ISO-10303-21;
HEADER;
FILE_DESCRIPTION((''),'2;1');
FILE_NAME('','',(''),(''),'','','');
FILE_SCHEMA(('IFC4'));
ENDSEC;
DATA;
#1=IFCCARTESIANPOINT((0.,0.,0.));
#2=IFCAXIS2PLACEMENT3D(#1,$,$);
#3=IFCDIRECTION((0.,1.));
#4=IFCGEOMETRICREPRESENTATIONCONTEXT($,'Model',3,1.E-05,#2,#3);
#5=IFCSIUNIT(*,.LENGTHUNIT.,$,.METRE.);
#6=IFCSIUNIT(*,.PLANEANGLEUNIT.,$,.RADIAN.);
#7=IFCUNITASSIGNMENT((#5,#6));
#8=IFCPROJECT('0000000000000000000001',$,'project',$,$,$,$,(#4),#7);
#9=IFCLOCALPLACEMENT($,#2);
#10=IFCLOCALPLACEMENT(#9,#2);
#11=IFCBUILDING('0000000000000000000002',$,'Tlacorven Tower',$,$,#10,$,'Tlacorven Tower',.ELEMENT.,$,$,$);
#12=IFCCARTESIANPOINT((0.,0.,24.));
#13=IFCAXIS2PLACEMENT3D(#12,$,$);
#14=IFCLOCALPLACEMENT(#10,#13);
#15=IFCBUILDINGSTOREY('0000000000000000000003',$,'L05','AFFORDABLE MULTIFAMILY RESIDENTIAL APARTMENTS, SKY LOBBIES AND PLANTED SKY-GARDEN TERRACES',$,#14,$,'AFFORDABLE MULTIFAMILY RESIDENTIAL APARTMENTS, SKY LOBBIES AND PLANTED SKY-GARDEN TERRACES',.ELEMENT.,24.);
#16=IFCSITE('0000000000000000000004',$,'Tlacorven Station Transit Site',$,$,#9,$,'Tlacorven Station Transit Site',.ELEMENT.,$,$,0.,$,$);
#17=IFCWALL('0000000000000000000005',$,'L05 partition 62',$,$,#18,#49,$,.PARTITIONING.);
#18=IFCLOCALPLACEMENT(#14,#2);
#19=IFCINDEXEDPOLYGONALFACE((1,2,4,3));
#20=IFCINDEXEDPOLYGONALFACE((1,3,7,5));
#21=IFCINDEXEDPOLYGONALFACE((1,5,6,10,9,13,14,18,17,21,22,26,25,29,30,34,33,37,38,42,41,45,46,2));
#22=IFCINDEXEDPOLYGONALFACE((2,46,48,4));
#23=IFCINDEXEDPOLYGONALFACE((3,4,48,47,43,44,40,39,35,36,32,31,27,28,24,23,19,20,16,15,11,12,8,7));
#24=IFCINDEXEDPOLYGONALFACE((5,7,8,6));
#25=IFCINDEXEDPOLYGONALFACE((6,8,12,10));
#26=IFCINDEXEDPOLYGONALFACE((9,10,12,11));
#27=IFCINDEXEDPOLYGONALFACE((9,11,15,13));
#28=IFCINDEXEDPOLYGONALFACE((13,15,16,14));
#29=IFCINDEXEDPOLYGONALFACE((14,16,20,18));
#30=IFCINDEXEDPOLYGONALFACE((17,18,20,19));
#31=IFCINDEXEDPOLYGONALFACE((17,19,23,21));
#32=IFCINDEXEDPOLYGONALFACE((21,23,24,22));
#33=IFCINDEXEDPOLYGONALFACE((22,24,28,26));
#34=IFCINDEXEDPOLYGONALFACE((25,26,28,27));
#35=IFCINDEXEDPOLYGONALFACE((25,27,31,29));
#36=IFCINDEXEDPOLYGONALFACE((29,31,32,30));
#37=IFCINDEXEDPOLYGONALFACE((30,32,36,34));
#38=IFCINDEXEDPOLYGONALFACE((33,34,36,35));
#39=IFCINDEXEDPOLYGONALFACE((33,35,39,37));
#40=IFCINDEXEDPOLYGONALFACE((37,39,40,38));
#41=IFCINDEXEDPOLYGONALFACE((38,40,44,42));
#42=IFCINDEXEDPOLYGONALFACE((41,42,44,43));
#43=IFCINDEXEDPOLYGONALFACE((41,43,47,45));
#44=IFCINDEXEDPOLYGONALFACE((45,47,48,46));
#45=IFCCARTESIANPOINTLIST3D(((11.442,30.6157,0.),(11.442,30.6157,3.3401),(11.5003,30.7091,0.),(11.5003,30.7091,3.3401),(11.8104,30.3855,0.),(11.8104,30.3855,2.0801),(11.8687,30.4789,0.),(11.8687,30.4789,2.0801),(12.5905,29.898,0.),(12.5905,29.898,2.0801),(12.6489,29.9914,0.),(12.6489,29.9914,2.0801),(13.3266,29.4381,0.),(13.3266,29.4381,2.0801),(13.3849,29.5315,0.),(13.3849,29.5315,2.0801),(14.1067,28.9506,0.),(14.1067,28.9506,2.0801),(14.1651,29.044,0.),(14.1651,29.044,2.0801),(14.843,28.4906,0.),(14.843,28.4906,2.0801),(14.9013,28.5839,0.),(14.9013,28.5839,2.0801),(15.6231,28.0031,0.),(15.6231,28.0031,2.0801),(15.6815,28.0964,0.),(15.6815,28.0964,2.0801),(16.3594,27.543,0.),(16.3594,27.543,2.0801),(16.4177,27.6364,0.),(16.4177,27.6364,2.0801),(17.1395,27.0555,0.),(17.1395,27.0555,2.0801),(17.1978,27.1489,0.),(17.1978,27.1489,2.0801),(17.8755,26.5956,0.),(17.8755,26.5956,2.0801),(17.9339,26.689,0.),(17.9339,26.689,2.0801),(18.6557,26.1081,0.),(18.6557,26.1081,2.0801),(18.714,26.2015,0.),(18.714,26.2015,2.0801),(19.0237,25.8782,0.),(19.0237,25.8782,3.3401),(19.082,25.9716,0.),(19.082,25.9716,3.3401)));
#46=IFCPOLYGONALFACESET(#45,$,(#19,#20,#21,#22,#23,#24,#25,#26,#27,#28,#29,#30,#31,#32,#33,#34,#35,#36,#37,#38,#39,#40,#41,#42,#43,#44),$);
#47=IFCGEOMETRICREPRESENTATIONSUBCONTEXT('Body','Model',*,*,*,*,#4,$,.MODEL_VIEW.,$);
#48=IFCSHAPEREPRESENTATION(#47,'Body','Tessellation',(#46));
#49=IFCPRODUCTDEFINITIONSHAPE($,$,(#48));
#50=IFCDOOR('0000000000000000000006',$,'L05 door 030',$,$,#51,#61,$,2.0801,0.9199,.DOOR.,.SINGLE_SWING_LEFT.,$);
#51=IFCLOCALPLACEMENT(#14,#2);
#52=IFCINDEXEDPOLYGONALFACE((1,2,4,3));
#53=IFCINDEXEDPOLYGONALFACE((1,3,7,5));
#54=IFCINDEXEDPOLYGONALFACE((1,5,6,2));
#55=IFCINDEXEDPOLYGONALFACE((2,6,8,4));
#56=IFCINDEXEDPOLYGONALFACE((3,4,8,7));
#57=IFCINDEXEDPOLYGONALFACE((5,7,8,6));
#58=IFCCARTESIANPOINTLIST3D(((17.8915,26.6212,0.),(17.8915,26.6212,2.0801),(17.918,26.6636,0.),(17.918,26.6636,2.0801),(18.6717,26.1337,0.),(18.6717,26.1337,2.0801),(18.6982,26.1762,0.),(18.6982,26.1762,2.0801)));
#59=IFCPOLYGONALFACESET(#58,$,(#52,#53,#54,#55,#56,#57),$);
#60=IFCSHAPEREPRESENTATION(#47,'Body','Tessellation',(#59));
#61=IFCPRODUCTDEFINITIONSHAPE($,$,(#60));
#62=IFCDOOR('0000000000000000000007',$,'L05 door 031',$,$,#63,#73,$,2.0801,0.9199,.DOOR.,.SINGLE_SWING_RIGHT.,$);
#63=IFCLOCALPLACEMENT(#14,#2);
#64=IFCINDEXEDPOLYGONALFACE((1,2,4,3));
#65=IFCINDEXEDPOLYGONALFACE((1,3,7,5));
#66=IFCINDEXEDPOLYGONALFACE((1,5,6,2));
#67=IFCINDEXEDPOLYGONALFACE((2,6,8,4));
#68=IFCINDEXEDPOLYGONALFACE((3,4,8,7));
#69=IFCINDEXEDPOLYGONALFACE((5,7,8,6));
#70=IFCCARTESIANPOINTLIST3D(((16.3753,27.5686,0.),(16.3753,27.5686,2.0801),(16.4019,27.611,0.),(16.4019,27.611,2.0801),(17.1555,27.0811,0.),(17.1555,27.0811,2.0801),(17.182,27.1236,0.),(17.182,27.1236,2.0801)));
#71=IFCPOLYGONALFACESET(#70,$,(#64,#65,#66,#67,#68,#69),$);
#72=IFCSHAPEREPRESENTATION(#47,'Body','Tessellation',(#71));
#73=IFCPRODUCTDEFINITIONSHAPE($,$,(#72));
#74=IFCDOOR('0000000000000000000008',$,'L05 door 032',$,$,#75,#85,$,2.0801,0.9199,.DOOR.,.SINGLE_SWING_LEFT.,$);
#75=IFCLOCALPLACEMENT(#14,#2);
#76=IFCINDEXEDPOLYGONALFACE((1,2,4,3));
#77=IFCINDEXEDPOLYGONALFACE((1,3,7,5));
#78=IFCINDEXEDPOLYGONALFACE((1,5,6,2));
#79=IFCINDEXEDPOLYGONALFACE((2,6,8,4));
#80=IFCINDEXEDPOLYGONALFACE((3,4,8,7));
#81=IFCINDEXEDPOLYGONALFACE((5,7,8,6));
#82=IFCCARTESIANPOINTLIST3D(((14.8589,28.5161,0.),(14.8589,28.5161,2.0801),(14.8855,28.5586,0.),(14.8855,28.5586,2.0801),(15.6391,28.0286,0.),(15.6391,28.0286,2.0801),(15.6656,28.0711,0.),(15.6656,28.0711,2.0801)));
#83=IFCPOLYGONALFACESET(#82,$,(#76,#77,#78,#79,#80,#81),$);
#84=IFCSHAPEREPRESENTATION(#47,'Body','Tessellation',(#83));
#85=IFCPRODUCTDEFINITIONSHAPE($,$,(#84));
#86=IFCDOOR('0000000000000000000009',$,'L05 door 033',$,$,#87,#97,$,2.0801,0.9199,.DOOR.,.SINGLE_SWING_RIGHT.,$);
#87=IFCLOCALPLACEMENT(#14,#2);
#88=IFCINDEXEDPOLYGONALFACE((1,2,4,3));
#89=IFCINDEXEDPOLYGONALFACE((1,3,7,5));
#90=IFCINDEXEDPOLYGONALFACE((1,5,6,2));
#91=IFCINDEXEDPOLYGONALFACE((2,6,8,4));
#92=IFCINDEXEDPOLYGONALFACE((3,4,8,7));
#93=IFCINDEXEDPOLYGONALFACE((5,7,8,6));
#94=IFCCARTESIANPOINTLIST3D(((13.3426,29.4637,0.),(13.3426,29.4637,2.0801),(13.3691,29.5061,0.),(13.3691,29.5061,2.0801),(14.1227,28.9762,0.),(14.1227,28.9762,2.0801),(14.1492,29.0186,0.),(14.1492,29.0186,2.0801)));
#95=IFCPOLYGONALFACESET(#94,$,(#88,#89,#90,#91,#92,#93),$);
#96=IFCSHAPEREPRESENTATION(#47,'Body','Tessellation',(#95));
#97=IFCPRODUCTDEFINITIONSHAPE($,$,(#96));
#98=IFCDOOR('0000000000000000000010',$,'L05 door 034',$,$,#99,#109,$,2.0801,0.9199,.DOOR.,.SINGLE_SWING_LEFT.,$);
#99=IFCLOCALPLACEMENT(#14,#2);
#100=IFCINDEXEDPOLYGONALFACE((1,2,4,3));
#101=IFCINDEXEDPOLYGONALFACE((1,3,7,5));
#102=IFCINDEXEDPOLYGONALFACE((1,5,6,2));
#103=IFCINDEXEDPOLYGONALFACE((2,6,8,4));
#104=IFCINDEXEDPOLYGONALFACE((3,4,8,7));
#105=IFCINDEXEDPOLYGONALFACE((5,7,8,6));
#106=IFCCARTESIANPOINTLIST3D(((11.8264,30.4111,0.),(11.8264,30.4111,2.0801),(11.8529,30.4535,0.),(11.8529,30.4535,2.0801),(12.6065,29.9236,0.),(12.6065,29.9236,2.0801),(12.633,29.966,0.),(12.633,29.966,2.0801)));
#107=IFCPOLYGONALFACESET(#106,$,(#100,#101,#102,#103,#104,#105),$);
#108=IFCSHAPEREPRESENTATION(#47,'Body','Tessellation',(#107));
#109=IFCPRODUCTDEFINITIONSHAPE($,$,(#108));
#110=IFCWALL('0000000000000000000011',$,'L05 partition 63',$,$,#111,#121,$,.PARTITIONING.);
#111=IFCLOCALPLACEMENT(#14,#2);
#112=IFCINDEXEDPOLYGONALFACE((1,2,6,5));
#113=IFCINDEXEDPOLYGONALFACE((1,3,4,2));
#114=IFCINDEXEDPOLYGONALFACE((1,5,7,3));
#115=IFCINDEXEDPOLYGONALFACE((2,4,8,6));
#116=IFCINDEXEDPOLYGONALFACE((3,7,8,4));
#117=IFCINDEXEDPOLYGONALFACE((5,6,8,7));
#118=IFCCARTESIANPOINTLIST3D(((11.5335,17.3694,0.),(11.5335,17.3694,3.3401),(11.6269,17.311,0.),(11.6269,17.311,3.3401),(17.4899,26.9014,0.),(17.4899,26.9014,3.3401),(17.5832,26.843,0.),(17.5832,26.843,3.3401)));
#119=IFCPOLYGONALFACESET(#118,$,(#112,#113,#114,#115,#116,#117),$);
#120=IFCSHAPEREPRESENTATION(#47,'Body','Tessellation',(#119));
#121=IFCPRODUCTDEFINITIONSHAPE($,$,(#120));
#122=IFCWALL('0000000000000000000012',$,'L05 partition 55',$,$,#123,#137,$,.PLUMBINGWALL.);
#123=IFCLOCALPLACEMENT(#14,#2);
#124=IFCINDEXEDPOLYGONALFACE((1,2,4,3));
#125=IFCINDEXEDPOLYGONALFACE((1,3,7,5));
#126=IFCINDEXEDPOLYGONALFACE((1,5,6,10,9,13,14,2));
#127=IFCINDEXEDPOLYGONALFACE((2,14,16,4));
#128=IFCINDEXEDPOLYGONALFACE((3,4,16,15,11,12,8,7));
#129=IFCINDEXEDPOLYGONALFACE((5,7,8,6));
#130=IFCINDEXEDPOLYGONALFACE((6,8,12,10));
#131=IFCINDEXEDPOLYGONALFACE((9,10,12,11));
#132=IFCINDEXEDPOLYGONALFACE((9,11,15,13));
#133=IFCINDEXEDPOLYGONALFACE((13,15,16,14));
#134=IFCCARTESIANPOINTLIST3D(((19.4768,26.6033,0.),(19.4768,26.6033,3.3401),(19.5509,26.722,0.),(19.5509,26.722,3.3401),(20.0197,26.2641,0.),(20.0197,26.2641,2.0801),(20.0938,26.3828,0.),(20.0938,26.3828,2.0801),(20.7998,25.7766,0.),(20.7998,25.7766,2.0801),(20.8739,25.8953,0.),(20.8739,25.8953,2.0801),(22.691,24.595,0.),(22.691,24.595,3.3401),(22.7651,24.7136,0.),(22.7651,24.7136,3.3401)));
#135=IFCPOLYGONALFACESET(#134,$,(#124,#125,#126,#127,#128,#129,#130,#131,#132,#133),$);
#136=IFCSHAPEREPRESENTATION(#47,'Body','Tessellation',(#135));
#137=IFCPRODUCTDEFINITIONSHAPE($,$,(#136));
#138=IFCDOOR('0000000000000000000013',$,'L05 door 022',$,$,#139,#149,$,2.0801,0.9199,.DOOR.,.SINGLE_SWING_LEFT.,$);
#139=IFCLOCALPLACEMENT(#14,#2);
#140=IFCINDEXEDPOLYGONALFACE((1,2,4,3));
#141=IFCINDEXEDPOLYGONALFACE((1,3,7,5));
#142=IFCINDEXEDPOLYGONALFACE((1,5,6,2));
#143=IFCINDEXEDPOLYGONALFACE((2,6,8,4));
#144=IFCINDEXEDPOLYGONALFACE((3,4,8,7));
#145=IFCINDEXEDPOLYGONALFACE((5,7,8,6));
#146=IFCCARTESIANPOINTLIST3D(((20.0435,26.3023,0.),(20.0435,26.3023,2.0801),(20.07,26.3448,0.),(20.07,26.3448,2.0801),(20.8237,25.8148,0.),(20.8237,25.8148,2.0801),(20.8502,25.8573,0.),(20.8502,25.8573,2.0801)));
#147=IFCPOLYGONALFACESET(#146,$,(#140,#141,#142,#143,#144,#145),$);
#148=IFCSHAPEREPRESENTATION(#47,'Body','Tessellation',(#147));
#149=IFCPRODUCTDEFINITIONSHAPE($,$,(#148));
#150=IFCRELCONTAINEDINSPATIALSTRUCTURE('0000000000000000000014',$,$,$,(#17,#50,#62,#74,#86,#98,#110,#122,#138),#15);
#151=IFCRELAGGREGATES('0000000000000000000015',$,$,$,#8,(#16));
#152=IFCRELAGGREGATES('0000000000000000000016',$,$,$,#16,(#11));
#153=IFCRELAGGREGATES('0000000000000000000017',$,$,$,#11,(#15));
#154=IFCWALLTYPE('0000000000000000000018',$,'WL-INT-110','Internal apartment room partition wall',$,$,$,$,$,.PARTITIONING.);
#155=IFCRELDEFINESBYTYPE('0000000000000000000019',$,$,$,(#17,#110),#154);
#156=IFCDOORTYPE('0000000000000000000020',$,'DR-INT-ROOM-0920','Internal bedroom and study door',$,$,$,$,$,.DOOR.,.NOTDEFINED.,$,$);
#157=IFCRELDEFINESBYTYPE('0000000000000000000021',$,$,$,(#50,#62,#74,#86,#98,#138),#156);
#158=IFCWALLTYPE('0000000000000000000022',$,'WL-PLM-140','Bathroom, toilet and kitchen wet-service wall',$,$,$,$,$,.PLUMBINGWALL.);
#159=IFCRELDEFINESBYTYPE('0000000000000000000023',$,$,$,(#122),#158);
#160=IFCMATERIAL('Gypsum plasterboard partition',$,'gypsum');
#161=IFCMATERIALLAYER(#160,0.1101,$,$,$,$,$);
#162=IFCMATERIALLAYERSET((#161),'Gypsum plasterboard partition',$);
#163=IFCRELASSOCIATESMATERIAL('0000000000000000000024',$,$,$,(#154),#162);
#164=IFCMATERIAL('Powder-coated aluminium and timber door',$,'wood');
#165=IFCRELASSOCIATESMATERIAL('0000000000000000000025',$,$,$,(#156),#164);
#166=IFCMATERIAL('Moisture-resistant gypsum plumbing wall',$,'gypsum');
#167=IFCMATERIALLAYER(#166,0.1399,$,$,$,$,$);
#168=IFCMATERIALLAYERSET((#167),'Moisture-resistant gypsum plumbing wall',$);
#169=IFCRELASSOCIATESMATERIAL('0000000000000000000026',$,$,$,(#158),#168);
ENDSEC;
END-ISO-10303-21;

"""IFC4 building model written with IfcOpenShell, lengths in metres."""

from ifc_helpers import new_model, si_unit, direction, frame, frame_2d, origin, place, context, subcontext, project, spatial, rectangle, extrude, source, transform, mapped, material, layer, layer_set, type_object, element, fill, save


model = new_model("IFC4")

# Units and contexts
model_context = context("Model", 3, precision=1e-05, world=origin(), true_north=direction((0.0, 1.0)))
body_context = subcontext(model_context, "Body", "Model", "MODEL_VIEW")
ifc_project = project(units=[si_unit("LENGTHUNIT", "METRE"), si_unit("PLANEANGLEUNIT", "RADIAN")], contexts=[model_context])

# Site, building, storey
site_placement = place(None, origin())
site = spatial("IfcSite", under=ifc_project, at=site_placement, Name="Tlacorven Station Transit Site", LongName="Tlacorven Station Transit Site", CompositionType="ELEMENT", RefElevation=0.0)
building_placement = place(site_placement, origin())
building = spatial("IfcBuilding", under=site, at=building_placement, Name="Tlacorven Tower", LongName="Tlacorven Tower", CompositionType="ELEMENT")
storey_placement = place(building_placement, frame((0.0, 0.0, 24.0)))
storey = spatial("IfcBuildingStorey", under=building, at=storey_placement, Name="L05", Description="AFFORDABLE MULTIFAMILY RESIDENTIAL APARTMENTS, SKY LOBBIES AND PLANTED SKY-GARDEN TERRACES", LongName="AFFORDABLE MULTIFAMILY RESIDENTIAL APARTMENTS, SKY LOBBIES AND PLANTED SKY-GARDEN TERRACES", CompositionType="ELEMENT", Elevation=24.0)

# Wall, openings, doors
ifc_material_1 = material(Name="Gypsum plasterboard partition", Category="gypsum")
ifc_layer_1 = layer(ifc_material_1, 0.1101)
ifc_layer_set_1 = layer_set([ifc_layer_1], Name="Gypsum plasterboard partition")
wall_type_1 = type_object("IfcWallType", Name="WL-INT-110", Description="Internal apartment room partition wall", PredefinedType="PARTITIONING", material=ifc_layer_set_1)
wall_1_placement = place(storey_placement, frame((19.053, 25.9248, 0.0), z_axis=(0.0, 0.0, 1.0), x_axis=(-0.848052, 0.529913, 0.0)))
wall_1 = element("IfcWall", 1, at=wall_1_placement, inside=storey, type_object=wall_type_1, Name="L05 partition 62", PredefinedType="PARTITIONING", context=body_context, shape_type="SweptSolid", body=[
    extrude(rectangle(XDim=8.9402, YDim=0.1101, at=frame_2d((4.4702, 0.0))), origin(), (0.0, 0.0, 1.0), 3.3401),
])
opening_1_placement = place(wall_1_placement, frame((0.4341, 0.0, 0.0)))
opening_1 = element("IfcOpeningElement", 2, at=opening_1_placement, cuts=wall_1, PredefinedType="OPENING", context=body_context, shape_type="SweptSolid", body=[
    extrude(rectangle(XDim=0.9199, YDim=2.0801, at=frame_2d((0.46, 1.04))), frame((0.0, 0.0649, 0.0), z_axis=(0.0, -1.0, 0.0), x_axis=(1.0, 0.0, 0.0)), (0.0, 0.0, 1.0), 0.1301),
])
opening_2_placement = place(wall_1_placement, frame((2.2219, 0.0, 0.0)))
opening_2 = element("IfcOpeningElement", 3, at=opening_2_placement, cuts=wall_1, PredefinedType="OPENING", context=body_context, shape_type="SweptSolid", body=[
    extrude(rectangle(XDim=0.9199, YDim=2.0801, at=frame_2d((0.46, 1.04))), frame((0.0, 0.0649, 0.0), z_axis=(0.0, -1.0, 0.0), x_axis=(1.0, 0.0, 0.0)), (0.0, 0.0, 1.0), 0.1301),
])
opening_3_placement = place(wall_1_placement, frame((4.01, 0.0, 0.0)))
opening_3 = element("IfcOpeningElement", 4, at=opening_3_placement, cuts=wall_1, PredefinedType="OPENING", context=body_context, shape_type="SweptSolid", body=[
    extrude(rectangle(XDim=0.9199, YDim=2.0801, at=frame_2d((0.46, 1.04))), frame((0.0, 0.0649, 0.0), z_axis=(0.0, -1.0, 0.0), x_axis=(1.0, 0.0, 0.0)), (0.0, 0.0, 1.0), 0.1301),
])
opening_4_placement = place(wall_1_placement, frame((5.7981, 0.0, 0.0)))
opening_4 = element("IfcOpeningElement", 5, at=opening_4_placement, cuts=wall_1, PredefinedType="OPENING", context=body_context, shape_type="SweptSolid", body=[
    extrude(rectangle(XDim=0.9199, YDim=2.0801, at=frame_2d((0.46, 1.04))), frame((0.0, 0.0649, 0.0), z_axis=(0.0, -1.0, 0.0), x_axis=(1.0, 0.0, 0.0)), (0.0, 0.0, 1.0), 0.1301),
])
opening_5_placement = place(wall_1_placement, frame((7.5859, 0.0, 0.0)))
opening_5 = element("IfcOpeningElement", 6, at=opening_5_placement, cuts=wall_1, PredefinedType="OPENING", context=body_context, shape_type="SweptSolid", body=[
    extrude(rectangle(XDim=0.9199, YDim=2.0801, at=frame_2d((0.46, 1.04))), frame((0.0, 0.0649, 0.0), z_axis=(0.0, -1.0, 0.0), x_axis=(1.0, 0.0, 0.0)), (0.0, 0.0, 1.0), 0.1301),
])
ifc_material_2 = material(Name="Powder-coated aluminium and timber door", Category="wood")
door_type_1 = type_object("IfcDoorType", Name="DR-INT-ROOM-0920", Description="Internal bedroom and study door", OperationType="NOTDEFINED", PredefinedType="DOOR", material=ifc_material_2)
shared_shape_1 = source(origin(), body_context, "Body", "SweptSolid", [
    extrude(rectangle(XDim=0.9199, YDim=2.0801, at=frame_2d((0.46, 1.04))), frame((0.0, 0.0249, 0.0), z_axis=(0.0, -1.0, 0.0), x_axis=(1.0, 0.0, 0.0)), (0.0, 0.0, 1.0), 0.05),
])
door_1_placement = place(opening_1_placement, origin())
door_1 = element("IfcDoor", 7, at=door_1_placement, inside=storey, type_object=door_type_1, Name="L05 door 030", OperationType="SINGLE_SWING_LEFT", OverallHeight=2.0801, OverallWidth=0.9199, PredefinedType="DOOR", context=body_context, shape_type="MappedRepresentation", body=[
    mapped(shared_shape_1, transform((0.0, 0.0, 0.0), scale=1.0)),
])
fill(opening_1, door_1)
door_2_placement = place(opening_2_placement, origin())
door_2 = element("IfcDoor", 8, at=door_2_placement, inside=storey, type_object=door_type_1, Name="L05 door 031", OperationType="SINGLE_SWING_RIGHT", OverallHeight=2.0801, OverallWidth=0.9199, PredefinedType="DOOR", context=body_context, shape_type="MappedRepresentation", body=[
    mapped(shared_shape_1, transform((0.0, 0.0, 0.0), scale=1.0)),
])
fill(opening_2, door_2)
door_3_placement = place(opening_3_placement, origin())
door_3 = element("IfcDoor", 9, at=door_3_placement, inside=storey, type_object=door_type_1, Name="L05 door 032", OperationType="SINGLE_SWING_LEFT", OverallHeight=2.0801, OverallWidth=0.9199, PredefinedType="DOOR", context=body_context, shape_type="MappedRepresentation", body=[
    mapped(shared_shape_1, transform((0.0, 0.0, 0.0), scale=1.0)),
])
fill(opening_3, door_3)
door_4_placement = place(opening_4_placement, origin())
door_4 = element("IfcDoor", 10, at=door_4_placement, inside=storey, type_object=door_type_1, Name="L05 door 033", OperationType="SINGLE_SWING_RIGHT", OverallHeight=2.0801, OverallWidth=0.9199, PredefinedType="DOOR", context=body_context, shape_type="MappedRepresentation", body=[
    mapped(shared_shape_1, transform((0.0, 0.0, 0.0), scale=1.0)),
])
fill(opening_4, door_4)
door_5_placement = place(opening_5_placement, origin())
door_5 = element("IfcDoor", 11, at=door_5_placement, inside=storey, type_object=door_type_1, Name="L05 door 034", OperationType="SINGLE_SWING_LEFT", OverallHeight=2.0801, OverallWidth=0.9199, PredefinedType="DOOR", context=body_context, shape_type="MappedRepresentation", body=[
    mapped(shared_shape_1, transform((0.0, 0.0, 0.0), scale=1.0)),
])
fill(opening_5, door_5)

# Wall
wall_2_placement = place(storey_placement, frame((17.5366, 26.8723, 0.0), z_axis=(0.0, 0.0, 1.0), x_axis=(-0.529923, -0.848046, 0.0)))
element("IfcWall", 12, at=wall_2_placement, inside=storey, type_object=wall_type_1, Name="L05 partition 63", PredefinedType="PARTITIONING", context=body_context, shape_type="SweptSolid", body=[
    extrude(rectangle(XDim=11.24, YDim=0.1101, at=frame_2d((5.6201, 0.0))), origin(), (0.0, 0.0, 1.0), 3.3401),
])

# Wall, opening, door
ifc_material_3 = material(Name="Moisture-resistant gypsum plumbing wall", Category="gypsum")
ifc_layer_2 = layer(ifc_material_3, 0.1399)
ifc_layer_set_2 = layer_set([ifc_layer_2], Name="Moisture-resistant gypsum plumbing wall")
wall_type_2 = type_object("IfcWallType", Name="WL-PLM-140", Description="Bathroom, toilet and kitchen wet-service wall", PredefinedType="PLUMBINGWALL", material=ifc_layer_set_2)
wall_3_placement = place(storey_placement, frame((22.728, 24.6543, 0.0), z_axis=(0.0, 0.0, 1.0), x_axis=(-0.84806, 0.529901, 0.0)))
wall_3 = element("IfcWall", 13, at=wall_3_placement, inside=storey, type_object=wall_type_2, Name="L05 partition 55", PredefinedType="PLUMBINGWALL", context=body_context, shape_type="SweptSolid", body=[
    extrude(rectangle(XDim=3.79, YDim=0.1399, at=frame_2d((1.895, 0.0))), origin(), (0.0, 0.0, 1.0), 3.3401),
])
opening_6_placement = place(wall_3_placement, frame((2.23, 0.0, 0.0)))
opening_6 = element("IfcOpeningElement", 14, at=opening_6_placement, cuts=wall_3, PredefinedType="OPENING", context=body_context, shape_type="SweptSolid", body=[
    extrude(rectangle(XDim=0.9199, YDim=2.0801, at=frame_2d((0.46, 1.04))), frame((0.0, 0.0801, 0.0), z_axis=(0.0, -1.0, 0.0), x_axis=(1.0, 0.0, 0.0)), (0.0, 0.0, 1.0), 0.1599),
])
door_6_placement = place(opening_6_placement, origin())
door_6 = element("IfcDoor", 15, at=door_6_placement, inside=storey, type_object=door_type_1, Name="L05 door 022", OperationType="SINGLE_SWING_LEFT", OverallHeight=2.0801, OverallWidth=0.9199, PredefinedType="DOOR", context=body_context, shape_type="MappedRepresentation", body=[
    mapped(shared_shape_1, transform((0.0, 0.0, 0.0), scale=1.0)),
])
fill(opening_6, door_6)

save(model, "model.ifc")
